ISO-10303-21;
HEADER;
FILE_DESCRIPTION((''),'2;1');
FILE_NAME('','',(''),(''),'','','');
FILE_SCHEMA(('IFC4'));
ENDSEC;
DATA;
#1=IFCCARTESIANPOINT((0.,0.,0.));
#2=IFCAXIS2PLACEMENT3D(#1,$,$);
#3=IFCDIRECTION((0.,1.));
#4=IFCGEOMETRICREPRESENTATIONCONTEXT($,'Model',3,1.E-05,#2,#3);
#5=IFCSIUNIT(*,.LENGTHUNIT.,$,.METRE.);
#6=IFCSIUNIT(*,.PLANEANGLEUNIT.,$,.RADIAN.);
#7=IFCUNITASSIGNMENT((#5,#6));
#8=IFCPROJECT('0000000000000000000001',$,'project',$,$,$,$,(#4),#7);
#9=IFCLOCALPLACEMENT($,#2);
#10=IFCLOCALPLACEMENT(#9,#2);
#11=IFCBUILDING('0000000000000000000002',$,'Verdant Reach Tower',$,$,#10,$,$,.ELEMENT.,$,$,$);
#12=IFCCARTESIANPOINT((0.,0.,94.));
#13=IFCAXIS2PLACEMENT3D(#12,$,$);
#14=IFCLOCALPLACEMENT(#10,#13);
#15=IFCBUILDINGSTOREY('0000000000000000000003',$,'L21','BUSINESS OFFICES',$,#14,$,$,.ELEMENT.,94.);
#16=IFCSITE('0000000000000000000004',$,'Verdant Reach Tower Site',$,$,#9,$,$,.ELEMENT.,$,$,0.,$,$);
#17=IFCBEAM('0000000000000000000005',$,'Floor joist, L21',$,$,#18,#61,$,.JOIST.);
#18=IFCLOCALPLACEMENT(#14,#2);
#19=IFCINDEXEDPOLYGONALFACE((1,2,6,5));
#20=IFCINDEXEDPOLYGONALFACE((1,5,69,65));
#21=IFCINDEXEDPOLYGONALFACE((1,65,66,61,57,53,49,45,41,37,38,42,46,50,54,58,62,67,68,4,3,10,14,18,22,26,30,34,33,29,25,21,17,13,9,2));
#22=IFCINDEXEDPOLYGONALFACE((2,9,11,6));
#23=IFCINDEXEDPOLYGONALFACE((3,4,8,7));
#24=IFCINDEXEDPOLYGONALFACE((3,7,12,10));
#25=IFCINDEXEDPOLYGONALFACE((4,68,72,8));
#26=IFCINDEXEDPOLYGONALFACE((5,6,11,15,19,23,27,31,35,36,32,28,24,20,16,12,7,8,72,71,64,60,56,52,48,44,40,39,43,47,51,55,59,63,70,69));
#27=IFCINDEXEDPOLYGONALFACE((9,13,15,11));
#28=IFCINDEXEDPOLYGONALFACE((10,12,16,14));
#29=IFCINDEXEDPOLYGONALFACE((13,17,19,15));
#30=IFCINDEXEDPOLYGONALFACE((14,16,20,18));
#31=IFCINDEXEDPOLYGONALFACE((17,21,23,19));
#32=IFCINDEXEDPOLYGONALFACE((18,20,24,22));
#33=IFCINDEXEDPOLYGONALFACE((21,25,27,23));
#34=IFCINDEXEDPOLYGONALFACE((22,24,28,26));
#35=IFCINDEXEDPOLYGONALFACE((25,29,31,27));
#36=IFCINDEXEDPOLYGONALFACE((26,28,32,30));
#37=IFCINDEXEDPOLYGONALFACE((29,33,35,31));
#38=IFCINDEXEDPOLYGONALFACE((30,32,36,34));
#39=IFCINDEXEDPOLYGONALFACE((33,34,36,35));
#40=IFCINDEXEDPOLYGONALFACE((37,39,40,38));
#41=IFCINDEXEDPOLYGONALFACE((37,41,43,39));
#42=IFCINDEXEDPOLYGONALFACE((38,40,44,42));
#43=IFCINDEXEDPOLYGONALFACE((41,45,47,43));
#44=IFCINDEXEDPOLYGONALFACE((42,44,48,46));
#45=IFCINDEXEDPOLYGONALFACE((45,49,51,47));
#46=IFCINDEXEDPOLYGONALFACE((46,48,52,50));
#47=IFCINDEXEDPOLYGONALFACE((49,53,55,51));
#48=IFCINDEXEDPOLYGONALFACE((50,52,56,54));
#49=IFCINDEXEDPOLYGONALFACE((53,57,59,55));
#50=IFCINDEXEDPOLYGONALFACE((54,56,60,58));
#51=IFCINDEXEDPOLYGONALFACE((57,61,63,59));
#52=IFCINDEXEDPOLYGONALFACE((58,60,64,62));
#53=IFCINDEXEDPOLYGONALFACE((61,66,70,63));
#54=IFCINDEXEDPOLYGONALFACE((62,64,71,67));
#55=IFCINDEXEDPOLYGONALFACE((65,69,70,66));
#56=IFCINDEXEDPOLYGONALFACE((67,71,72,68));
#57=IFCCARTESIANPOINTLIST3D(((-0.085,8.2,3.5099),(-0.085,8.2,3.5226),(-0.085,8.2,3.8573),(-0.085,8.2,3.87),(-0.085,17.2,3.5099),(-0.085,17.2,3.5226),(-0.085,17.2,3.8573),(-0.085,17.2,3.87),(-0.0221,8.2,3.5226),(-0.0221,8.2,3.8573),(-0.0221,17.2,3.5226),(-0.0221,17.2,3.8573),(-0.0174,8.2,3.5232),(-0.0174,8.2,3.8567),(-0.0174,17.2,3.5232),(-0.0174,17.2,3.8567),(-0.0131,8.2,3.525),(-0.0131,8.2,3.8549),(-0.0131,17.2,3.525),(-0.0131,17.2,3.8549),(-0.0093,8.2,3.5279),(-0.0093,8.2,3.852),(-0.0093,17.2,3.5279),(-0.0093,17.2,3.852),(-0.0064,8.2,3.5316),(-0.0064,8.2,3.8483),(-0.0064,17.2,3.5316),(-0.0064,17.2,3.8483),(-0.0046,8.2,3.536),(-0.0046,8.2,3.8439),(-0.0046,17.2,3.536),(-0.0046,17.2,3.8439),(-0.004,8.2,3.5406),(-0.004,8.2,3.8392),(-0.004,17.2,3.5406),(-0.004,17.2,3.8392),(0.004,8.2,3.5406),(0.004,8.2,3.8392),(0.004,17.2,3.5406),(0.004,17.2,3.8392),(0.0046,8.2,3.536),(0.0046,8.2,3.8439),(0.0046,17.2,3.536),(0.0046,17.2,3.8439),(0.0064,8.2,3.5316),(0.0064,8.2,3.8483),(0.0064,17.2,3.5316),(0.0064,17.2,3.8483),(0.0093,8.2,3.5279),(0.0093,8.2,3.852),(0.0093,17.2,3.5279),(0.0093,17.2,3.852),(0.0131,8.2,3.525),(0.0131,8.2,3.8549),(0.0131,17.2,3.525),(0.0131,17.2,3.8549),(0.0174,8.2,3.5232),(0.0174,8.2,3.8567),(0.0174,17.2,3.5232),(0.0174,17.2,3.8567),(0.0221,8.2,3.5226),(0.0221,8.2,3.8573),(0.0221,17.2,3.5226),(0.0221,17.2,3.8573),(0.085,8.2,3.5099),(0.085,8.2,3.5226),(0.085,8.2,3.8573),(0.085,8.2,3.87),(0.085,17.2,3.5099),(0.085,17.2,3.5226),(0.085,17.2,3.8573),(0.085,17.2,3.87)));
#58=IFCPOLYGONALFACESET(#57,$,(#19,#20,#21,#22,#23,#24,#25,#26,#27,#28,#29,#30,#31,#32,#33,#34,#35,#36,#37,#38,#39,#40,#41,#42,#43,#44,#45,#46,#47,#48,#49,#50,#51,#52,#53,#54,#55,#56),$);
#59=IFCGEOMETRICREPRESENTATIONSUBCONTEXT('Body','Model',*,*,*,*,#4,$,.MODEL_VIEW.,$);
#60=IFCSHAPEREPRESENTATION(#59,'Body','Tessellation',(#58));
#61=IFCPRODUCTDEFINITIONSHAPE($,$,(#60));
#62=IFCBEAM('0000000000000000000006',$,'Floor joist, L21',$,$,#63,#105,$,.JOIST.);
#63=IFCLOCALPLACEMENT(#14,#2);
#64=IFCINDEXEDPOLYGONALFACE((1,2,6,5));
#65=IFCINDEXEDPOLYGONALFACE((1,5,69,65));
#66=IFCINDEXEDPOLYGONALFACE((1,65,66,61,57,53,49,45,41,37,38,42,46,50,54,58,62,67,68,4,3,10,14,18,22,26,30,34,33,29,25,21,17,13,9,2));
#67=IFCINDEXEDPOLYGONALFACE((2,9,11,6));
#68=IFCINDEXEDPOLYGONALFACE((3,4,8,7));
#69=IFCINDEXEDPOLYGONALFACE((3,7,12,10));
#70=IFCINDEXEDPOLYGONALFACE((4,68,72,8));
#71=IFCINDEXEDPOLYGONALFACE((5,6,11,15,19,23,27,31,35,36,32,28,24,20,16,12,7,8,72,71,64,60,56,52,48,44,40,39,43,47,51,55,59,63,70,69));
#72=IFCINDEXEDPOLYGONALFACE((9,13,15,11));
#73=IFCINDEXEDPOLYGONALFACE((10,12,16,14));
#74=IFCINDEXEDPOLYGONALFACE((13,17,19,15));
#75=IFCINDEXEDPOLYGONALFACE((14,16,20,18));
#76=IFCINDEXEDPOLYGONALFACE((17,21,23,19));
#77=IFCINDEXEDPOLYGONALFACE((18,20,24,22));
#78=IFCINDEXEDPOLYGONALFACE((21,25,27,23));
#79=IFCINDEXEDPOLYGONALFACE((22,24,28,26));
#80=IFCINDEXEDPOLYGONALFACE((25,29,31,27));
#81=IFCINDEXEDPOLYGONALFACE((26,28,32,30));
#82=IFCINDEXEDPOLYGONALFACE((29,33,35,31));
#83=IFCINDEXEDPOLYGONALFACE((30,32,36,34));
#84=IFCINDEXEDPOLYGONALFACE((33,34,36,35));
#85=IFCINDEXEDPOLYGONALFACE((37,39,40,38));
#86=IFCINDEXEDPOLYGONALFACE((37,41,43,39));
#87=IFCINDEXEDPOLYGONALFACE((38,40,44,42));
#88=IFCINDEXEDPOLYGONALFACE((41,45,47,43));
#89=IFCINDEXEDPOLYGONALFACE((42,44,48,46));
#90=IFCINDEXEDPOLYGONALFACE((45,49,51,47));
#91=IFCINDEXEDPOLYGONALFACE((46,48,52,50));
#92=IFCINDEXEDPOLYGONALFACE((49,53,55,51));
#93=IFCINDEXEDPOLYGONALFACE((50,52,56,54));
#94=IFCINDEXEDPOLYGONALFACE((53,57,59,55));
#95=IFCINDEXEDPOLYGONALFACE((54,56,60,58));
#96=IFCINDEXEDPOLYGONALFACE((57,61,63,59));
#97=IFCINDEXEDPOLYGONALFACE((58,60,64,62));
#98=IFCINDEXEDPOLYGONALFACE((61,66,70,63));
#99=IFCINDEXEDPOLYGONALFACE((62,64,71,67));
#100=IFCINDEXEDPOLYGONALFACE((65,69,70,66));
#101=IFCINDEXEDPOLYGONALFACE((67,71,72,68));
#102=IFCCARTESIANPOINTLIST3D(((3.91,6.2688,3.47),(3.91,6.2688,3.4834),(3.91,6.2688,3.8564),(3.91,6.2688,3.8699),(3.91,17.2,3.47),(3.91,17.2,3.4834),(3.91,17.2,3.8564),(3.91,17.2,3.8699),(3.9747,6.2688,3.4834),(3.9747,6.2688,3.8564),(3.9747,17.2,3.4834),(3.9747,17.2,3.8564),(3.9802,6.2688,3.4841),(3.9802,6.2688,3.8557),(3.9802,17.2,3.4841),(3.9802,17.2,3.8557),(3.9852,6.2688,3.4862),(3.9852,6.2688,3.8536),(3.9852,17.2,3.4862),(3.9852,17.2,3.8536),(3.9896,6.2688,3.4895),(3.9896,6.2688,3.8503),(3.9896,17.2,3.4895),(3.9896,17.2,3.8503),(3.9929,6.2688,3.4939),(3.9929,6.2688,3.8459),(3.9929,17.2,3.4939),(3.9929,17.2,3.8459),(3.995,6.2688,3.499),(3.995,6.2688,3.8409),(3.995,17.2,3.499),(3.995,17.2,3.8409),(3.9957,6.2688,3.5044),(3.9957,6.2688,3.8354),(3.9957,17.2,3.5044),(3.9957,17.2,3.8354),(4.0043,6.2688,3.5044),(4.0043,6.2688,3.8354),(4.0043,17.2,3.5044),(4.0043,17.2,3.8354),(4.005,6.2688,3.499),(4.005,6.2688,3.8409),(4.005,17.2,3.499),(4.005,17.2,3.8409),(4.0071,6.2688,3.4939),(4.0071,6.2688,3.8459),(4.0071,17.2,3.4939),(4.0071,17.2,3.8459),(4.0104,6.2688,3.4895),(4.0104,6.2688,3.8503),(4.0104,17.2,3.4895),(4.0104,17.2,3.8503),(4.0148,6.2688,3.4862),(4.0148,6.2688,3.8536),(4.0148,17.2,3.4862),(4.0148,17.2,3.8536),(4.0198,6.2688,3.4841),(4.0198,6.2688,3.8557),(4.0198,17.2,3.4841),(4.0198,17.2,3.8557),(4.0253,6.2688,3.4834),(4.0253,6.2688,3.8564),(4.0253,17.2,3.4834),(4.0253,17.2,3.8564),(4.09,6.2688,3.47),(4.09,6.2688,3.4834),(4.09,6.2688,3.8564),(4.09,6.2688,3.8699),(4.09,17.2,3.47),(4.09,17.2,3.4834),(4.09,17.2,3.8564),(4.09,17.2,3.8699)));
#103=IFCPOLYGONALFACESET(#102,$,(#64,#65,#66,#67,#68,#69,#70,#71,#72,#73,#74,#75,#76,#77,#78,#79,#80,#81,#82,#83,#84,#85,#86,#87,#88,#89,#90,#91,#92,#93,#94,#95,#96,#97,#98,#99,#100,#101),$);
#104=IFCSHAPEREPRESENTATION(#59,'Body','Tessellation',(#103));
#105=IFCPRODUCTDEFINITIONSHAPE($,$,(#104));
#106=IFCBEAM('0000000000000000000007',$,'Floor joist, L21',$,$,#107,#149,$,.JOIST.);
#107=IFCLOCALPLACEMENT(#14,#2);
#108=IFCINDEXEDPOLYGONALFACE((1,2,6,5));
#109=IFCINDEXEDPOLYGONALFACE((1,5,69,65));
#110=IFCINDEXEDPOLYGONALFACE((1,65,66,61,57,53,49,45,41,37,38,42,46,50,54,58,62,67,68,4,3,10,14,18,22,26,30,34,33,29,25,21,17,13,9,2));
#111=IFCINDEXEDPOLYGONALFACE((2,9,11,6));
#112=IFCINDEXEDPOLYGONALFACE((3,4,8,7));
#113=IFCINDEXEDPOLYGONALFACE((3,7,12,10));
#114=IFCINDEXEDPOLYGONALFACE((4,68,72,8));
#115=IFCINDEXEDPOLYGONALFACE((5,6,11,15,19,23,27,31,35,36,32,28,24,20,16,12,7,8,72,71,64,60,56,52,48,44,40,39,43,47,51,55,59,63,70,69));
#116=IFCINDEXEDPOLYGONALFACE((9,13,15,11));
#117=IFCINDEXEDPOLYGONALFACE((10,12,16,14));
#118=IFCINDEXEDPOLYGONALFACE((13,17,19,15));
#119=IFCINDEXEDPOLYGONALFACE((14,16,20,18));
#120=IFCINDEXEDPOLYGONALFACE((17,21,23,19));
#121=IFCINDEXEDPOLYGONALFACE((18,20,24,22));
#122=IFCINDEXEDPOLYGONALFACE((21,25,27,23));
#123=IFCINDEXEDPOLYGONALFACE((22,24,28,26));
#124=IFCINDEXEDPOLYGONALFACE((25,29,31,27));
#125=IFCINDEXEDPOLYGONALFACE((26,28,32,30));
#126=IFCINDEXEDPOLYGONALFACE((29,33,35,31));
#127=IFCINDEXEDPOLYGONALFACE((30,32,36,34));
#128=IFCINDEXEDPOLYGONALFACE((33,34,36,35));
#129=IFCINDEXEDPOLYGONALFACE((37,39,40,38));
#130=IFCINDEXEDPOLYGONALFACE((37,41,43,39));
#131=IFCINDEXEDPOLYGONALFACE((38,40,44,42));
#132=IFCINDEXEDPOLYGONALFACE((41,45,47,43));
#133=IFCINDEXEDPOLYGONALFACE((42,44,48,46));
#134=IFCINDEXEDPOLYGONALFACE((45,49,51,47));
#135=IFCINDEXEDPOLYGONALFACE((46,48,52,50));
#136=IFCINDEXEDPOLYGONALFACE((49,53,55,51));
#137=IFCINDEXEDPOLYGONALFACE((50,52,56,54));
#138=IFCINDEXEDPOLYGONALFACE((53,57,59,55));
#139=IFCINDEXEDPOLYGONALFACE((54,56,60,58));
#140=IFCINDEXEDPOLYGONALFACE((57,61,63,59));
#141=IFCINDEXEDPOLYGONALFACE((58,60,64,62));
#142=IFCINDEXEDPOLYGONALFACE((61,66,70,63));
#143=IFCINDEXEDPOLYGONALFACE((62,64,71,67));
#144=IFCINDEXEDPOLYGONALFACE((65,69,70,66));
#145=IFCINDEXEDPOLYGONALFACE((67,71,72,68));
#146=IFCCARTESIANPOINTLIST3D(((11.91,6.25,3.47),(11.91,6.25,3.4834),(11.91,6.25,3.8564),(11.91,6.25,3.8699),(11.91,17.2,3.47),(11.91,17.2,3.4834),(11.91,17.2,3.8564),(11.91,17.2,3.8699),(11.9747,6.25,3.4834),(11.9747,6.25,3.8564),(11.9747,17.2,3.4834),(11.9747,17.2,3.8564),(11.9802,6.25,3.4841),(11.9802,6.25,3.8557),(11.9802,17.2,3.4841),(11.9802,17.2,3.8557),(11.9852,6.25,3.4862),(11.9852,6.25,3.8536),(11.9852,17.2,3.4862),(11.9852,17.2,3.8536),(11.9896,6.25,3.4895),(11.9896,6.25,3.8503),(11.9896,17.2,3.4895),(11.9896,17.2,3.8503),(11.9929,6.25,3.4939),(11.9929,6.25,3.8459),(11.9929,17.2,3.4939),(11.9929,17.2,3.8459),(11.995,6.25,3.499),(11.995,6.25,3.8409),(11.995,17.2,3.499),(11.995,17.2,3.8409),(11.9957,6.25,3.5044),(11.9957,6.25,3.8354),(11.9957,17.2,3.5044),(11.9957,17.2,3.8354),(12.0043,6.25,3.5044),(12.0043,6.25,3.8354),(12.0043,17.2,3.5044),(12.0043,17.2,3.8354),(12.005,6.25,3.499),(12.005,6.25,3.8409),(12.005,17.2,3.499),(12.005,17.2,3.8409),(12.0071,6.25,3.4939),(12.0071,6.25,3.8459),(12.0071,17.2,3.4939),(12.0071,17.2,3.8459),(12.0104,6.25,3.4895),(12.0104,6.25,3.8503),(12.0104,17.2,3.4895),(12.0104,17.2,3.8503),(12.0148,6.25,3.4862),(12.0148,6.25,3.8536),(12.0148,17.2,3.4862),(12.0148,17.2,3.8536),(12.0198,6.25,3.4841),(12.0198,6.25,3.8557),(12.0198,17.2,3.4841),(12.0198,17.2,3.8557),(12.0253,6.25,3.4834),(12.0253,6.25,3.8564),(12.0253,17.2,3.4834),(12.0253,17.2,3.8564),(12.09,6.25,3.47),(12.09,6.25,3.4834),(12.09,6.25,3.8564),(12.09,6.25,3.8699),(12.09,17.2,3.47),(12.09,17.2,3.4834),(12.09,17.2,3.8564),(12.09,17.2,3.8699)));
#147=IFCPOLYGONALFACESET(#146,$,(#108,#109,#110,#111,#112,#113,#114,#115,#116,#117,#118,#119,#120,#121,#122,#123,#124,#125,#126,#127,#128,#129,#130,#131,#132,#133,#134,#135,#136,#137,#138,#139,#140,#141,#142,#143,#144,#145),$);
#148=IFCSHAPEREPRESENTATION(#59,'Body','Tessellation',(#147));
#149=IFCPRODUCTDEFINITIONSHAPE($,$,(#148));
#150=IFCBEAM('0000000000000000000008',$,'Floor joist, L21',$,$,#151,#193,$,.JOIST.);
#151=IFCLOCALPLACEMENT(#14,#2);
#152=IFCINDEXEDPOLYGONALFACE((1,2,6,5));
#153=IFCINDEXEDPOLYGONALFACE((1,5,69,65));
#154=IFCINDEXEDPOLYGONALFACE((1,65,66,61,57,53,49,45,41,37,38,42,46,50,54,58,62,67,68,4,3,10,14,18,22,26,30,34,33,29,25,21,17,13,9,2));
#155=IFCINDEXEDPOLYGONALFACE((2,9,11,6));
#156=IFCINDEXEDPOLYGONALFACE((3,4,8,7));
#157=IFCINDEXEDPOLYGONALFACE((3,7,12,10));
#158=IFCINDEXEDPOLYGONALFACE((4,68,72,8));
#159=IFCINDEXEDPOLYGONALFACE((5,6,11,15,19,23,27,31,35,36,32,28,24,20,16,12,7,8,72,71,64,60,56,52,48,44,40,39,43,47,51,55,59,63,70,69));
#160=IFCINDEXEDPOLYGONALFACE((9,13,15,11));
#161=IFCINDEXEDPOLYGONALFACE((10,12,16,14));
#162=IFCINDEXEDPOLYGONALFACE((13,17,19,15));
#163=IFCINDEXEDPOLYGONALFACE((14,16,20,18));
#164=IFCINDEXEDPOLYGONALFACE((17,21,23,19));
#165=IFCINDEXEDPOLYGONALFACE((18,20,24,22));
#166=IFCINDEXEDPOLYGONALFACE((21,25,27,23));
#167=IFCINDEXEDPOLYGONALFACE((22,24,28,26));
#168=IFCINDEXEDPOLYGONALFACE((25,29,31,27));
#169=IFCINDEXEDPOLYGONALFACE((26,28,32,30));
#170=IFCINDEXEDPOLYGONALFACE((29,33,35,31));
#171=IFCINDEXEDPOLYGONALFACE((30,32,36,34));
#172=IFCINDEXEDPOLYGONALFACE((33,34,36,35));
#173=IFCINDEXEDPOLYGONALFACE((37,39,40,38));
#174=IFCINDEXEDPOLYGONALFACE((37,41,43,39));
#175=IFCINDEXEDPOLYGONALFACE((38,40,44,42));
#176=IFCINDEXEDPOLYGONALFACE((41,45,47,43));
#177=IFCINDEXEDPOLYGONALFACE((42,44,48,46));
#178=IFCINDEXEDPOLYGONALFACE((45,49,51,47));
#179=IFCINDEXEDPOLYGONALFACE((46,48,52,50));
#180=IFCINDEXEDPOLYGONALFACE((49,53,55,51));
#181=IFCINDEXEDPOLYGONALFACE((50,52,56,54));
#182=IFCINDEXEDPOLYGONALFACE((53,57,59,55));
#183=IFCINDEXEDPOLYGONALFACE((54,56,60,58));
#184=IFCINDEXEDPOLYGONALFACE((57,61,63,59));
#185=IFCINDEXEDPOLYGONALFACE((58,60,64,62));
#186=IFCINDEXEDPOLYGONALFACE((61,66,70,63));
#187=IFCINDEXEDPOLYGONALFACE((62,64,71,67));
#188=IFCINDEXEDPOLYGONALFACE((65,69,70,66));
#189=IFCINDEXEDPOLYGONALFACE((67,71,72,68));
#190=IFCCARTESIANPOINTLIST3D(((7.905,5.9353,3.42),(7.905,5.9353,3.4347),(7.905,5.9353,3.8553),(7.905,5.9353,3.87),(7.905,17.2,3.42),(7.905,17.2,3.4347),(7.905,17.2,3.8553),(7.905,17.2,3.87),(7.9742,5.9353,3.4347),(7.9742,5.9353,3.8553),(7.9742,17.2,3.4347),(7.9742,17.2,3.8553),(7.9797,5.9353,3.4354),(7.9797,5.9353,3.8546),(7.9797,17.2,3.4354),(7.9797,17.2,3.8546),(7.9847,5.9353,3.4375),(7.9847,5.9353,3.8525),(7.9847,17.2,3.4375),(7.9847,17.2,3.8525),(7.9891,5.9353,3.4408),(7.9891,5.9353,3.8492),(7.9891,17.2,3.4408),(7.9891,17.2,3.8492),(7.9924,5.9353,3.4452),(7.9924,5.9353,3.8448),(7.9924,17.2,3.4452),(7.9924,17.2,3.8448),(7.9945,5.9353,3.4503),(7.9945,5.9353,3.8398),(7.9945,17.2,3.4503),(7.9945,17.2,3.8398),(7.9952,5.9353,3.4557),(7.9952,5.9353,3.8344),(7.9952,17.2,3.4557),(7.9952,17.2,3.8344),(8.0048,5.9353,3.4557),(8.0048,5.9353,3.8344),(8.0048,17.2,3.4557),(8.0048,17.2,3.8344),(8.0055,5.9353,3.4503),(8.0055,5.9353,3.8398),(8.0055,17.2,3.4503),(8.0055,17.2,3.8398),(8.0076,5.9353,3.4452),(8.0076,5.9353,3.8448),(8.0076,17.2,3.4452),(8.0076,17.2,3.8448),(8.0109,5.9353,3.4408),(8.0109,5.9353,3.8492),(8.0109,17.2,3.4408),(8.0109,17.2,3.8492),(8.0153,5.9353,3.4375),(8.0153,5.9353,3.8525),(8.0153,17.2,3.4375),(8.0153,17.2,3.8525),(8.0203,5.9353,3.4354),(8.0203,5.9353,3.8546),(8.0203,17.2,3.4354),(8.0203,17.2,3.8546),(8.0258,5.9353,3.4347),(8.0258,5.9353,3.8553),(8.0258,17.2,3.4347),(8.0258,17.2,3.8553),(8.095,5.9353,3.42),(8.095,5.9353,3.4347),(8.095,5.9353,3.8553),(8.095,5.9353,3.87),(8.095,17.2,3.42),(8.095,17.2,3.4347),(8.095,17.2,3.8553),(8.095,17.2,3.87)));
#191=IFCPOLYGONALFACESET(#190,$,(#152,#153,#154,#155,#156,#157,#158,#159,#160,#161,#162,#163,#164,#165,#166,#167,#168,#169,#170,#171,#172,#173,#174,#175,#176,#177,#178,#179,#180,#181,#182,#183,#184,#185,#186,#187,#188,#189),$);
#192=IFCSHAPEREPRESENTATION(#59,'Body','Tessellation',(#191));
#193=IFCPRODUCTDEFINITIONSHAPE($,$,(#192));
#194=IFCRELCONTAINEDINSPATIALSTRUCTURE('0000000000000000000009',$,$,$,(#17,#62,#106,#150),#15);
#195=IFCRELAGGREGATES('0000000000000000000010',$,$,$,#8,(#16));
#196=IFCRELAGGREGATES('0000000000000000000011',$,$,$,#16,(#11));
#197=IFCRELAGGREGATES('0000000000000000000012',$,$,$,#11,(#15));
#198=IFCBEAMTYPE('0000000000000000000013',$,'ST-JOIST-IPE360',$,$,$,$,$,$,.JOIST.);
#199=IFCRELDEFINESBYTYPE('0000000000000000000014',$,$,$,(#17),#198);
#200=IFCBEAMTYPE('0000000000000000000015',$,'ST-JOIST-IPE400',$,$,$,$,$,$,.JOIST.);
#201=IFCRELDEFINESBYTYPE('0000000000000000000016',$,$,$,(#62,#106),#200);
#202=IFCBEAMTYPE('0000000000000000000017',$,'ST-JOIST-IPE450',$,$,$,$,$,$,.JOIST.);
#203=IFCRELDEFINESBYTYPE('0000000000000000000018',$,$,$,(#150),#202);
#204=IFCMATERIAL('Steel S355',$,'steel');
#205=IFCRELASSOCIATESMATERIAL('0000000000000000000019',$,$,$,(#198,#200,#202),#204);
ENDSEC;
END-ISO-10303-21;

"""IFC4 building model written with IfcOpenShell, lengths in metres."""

from ifc_helpers import new_model, si_unit, direction, frame, origin, origin_2d, place, context, subcontext, project, spatial, i_section, extrude, material, material_profile, profile_set, type_object, element, save


model = new_model("IFC4")

# Units and contexts
model_context = context("Model", 3, precision=1e-05, world=origin(), true_north=direction((0.0, 1.0)))
body_context = subcontext(model_context, "Body", "Model", "MODEL_VIEW")
ifc_project = project(units=[si_unit("LENGTHUNIT", "METRE"), si_unit("PLANEANGLEUNIT", "RADIAN")], contexts=[model_context])

# Site, building, storey
site_placement = place(None, origin())
site = spatial("IfcSite", under=ifc_project, at=site_placement, Name="Verdant Reach Tower Site", CompositionType="ELEMENT", RefElevation=0.0)
building_placement = place(site_placement, origin())
building = spatial("IfcBuilding", under=site, at=building_placement, Name="Verdant Reach Tower", CompositionType="ELEMENT")
storey_placement = place(building_placement, frame((0.0, 0.0, 94.0)))
storey = spatial("IfcBuildingStorey", under=building, at=storey_placement, Name="L21", Description="BUSINESS OFFICES", CompositionType="ELEMENT", Elevation=94.0)

# Beams
ifc_material_1 = material(Name="Steel S355", Category="steel")
ifc_material_profile_1 = material_profile(ifc_material_1, i_section(OverallWidth=0.1699, OverallDepth=0.3601, WebThickness=0.0081, FlangeThickness=0.0127, FilletRadius=0.0181, at=origin_2d()), Name="IPE 360")
ifc_profile_set_1 = profile_set([ifc_material_profile_1], Name="Steel S355")
beam_type_1 = type_object("IfcBeamType", Name="ST-JOIST-IPE360", PredefinedType="JOIST", material=ifc_profile_set_1)
beam_1_placement = place(storey_placement, frame((0.0, 17.2, 3.6899), z_axis=(0.0, -1.0, 0.0), x_axis=(1.0, 0.0, 0.0)))
element("IfcBeam", 1, at=beam_1_placement, inside=storey, type_object=beam_type_1, Name="Floor joist, L21", PredefinedType="JOIST", context=body_context, shape_type="SweptSolid", body=[
    extrude(i_section(OverallWidth=0.1699, OverallDepth=0.3601, WebThickness=0.0081, FlangeThickness=0.0127, FilletRadius=0.0181, at=origin_2d()), origin(), (0.0, 0.0, 1.0), 9.0),
])
ifc_material_profile_2 = material_profile(ifc_material_1, i_section(OverallWidth=0.1799, OverallDepth=0.3999, WebThickness=0.0085, FlangeThickness=0.0134, FilletRadius=0.021, at=origin_2d()), Name="IPE 400")
ifc_profile_set_2 = profile_set([ifc_material_profile_2], Name="Steel S355")
beam_type_2 = type_object("IfcBeamType", Name="ST-JOIST-IPE400", PredefinedType="JOIST", material=ifc_profile_set_2)
beam_2_placement = place(storey_placement, frame((4.0, 17.2, 3.6699), z_axis=(0.0, -1.0, 0.0), x_axis=(1.0, 0.0, 0.0)))
element("IfcBeam", 2, at=beam_2_placement, inside=storey, type_object=beam_type_2, Name="Floor joist, L21", PredefinedType="JOIST", context=body_context, shape_type="SweptSolid", body=[
    extrude(i_section(OverallWidth=0.1799, OverallDepth=0.3999, WebThickness=0.0085, FlangeThickness=0.0134, FilletRadius=0.021, at=origin_2d()), origin(), (0.0, 0.0, 1.0), 10.9312),
])
beam_3_placement = place(storey_placement, frame((12.0, 17.2, 3.6699), z_axis=(0.0, -1.0, 0.0), x_axis=(1.0, 0.0, 0.0)))
element("IfcBeam", 3, at=beam_3_placement, inside=storey, type_object=beam_type_2, Name="Floor joist, L21", PredefinedType="JOIST", context=body_context, shape_type="SweptSolid", body=[
    extrude(i_section(OverallWidth=0.1799, OverallDepth=0.3999, WebThickness=0.0085, FlangeThickness=0.0134, FilletRadius=0.021, at=origin_2d()), origin(), (0.0, 0.0, 1.0), 10.95),
])
ifc_material_profile_3 = material_profile(ifc_material_1, i_section(OverallWidth=0.1899, OverallDepth=0.45, WebThickness=0.0095, FlangeThickness=0.0146, FilletRadius=0.021, at=origin_2d()), Name="IPE 450")
ifc_profile_set_3 = profile_set([ifc_material_profile_3], Name="Steel S355")
beam_type_3 = type_object("IfcBeamType", Name="ST-JOIST-IPE450", PredefinedType="JOIST", material=ifc_profile_set_3)
beam_4_placement = place(storey_placement, frame((8.0, 17.2, 3.645), z_axis=(0.0, -1.0, 0.0), x_axis=(1.0, 0.0, 0.0)))
element("IfcBeam", 4, at=beam_4_placement, inside=storey, type_object=beam_type_3, Name="Floor joist, L21", PredefinedType="JOIST", context=body_context, shape_type="SweptSolid", body=[
    extrude(i_section(OverallWidth=0.1899, OverallDepth=0.45, WebThickness=0.0095, FlangeThickness=0.0146, FilletRadius=0.021, at=origin_2d()), origin(), (0.0, 0.0, 1.0), 11.2646),
])

save(model, "model.ifc")
